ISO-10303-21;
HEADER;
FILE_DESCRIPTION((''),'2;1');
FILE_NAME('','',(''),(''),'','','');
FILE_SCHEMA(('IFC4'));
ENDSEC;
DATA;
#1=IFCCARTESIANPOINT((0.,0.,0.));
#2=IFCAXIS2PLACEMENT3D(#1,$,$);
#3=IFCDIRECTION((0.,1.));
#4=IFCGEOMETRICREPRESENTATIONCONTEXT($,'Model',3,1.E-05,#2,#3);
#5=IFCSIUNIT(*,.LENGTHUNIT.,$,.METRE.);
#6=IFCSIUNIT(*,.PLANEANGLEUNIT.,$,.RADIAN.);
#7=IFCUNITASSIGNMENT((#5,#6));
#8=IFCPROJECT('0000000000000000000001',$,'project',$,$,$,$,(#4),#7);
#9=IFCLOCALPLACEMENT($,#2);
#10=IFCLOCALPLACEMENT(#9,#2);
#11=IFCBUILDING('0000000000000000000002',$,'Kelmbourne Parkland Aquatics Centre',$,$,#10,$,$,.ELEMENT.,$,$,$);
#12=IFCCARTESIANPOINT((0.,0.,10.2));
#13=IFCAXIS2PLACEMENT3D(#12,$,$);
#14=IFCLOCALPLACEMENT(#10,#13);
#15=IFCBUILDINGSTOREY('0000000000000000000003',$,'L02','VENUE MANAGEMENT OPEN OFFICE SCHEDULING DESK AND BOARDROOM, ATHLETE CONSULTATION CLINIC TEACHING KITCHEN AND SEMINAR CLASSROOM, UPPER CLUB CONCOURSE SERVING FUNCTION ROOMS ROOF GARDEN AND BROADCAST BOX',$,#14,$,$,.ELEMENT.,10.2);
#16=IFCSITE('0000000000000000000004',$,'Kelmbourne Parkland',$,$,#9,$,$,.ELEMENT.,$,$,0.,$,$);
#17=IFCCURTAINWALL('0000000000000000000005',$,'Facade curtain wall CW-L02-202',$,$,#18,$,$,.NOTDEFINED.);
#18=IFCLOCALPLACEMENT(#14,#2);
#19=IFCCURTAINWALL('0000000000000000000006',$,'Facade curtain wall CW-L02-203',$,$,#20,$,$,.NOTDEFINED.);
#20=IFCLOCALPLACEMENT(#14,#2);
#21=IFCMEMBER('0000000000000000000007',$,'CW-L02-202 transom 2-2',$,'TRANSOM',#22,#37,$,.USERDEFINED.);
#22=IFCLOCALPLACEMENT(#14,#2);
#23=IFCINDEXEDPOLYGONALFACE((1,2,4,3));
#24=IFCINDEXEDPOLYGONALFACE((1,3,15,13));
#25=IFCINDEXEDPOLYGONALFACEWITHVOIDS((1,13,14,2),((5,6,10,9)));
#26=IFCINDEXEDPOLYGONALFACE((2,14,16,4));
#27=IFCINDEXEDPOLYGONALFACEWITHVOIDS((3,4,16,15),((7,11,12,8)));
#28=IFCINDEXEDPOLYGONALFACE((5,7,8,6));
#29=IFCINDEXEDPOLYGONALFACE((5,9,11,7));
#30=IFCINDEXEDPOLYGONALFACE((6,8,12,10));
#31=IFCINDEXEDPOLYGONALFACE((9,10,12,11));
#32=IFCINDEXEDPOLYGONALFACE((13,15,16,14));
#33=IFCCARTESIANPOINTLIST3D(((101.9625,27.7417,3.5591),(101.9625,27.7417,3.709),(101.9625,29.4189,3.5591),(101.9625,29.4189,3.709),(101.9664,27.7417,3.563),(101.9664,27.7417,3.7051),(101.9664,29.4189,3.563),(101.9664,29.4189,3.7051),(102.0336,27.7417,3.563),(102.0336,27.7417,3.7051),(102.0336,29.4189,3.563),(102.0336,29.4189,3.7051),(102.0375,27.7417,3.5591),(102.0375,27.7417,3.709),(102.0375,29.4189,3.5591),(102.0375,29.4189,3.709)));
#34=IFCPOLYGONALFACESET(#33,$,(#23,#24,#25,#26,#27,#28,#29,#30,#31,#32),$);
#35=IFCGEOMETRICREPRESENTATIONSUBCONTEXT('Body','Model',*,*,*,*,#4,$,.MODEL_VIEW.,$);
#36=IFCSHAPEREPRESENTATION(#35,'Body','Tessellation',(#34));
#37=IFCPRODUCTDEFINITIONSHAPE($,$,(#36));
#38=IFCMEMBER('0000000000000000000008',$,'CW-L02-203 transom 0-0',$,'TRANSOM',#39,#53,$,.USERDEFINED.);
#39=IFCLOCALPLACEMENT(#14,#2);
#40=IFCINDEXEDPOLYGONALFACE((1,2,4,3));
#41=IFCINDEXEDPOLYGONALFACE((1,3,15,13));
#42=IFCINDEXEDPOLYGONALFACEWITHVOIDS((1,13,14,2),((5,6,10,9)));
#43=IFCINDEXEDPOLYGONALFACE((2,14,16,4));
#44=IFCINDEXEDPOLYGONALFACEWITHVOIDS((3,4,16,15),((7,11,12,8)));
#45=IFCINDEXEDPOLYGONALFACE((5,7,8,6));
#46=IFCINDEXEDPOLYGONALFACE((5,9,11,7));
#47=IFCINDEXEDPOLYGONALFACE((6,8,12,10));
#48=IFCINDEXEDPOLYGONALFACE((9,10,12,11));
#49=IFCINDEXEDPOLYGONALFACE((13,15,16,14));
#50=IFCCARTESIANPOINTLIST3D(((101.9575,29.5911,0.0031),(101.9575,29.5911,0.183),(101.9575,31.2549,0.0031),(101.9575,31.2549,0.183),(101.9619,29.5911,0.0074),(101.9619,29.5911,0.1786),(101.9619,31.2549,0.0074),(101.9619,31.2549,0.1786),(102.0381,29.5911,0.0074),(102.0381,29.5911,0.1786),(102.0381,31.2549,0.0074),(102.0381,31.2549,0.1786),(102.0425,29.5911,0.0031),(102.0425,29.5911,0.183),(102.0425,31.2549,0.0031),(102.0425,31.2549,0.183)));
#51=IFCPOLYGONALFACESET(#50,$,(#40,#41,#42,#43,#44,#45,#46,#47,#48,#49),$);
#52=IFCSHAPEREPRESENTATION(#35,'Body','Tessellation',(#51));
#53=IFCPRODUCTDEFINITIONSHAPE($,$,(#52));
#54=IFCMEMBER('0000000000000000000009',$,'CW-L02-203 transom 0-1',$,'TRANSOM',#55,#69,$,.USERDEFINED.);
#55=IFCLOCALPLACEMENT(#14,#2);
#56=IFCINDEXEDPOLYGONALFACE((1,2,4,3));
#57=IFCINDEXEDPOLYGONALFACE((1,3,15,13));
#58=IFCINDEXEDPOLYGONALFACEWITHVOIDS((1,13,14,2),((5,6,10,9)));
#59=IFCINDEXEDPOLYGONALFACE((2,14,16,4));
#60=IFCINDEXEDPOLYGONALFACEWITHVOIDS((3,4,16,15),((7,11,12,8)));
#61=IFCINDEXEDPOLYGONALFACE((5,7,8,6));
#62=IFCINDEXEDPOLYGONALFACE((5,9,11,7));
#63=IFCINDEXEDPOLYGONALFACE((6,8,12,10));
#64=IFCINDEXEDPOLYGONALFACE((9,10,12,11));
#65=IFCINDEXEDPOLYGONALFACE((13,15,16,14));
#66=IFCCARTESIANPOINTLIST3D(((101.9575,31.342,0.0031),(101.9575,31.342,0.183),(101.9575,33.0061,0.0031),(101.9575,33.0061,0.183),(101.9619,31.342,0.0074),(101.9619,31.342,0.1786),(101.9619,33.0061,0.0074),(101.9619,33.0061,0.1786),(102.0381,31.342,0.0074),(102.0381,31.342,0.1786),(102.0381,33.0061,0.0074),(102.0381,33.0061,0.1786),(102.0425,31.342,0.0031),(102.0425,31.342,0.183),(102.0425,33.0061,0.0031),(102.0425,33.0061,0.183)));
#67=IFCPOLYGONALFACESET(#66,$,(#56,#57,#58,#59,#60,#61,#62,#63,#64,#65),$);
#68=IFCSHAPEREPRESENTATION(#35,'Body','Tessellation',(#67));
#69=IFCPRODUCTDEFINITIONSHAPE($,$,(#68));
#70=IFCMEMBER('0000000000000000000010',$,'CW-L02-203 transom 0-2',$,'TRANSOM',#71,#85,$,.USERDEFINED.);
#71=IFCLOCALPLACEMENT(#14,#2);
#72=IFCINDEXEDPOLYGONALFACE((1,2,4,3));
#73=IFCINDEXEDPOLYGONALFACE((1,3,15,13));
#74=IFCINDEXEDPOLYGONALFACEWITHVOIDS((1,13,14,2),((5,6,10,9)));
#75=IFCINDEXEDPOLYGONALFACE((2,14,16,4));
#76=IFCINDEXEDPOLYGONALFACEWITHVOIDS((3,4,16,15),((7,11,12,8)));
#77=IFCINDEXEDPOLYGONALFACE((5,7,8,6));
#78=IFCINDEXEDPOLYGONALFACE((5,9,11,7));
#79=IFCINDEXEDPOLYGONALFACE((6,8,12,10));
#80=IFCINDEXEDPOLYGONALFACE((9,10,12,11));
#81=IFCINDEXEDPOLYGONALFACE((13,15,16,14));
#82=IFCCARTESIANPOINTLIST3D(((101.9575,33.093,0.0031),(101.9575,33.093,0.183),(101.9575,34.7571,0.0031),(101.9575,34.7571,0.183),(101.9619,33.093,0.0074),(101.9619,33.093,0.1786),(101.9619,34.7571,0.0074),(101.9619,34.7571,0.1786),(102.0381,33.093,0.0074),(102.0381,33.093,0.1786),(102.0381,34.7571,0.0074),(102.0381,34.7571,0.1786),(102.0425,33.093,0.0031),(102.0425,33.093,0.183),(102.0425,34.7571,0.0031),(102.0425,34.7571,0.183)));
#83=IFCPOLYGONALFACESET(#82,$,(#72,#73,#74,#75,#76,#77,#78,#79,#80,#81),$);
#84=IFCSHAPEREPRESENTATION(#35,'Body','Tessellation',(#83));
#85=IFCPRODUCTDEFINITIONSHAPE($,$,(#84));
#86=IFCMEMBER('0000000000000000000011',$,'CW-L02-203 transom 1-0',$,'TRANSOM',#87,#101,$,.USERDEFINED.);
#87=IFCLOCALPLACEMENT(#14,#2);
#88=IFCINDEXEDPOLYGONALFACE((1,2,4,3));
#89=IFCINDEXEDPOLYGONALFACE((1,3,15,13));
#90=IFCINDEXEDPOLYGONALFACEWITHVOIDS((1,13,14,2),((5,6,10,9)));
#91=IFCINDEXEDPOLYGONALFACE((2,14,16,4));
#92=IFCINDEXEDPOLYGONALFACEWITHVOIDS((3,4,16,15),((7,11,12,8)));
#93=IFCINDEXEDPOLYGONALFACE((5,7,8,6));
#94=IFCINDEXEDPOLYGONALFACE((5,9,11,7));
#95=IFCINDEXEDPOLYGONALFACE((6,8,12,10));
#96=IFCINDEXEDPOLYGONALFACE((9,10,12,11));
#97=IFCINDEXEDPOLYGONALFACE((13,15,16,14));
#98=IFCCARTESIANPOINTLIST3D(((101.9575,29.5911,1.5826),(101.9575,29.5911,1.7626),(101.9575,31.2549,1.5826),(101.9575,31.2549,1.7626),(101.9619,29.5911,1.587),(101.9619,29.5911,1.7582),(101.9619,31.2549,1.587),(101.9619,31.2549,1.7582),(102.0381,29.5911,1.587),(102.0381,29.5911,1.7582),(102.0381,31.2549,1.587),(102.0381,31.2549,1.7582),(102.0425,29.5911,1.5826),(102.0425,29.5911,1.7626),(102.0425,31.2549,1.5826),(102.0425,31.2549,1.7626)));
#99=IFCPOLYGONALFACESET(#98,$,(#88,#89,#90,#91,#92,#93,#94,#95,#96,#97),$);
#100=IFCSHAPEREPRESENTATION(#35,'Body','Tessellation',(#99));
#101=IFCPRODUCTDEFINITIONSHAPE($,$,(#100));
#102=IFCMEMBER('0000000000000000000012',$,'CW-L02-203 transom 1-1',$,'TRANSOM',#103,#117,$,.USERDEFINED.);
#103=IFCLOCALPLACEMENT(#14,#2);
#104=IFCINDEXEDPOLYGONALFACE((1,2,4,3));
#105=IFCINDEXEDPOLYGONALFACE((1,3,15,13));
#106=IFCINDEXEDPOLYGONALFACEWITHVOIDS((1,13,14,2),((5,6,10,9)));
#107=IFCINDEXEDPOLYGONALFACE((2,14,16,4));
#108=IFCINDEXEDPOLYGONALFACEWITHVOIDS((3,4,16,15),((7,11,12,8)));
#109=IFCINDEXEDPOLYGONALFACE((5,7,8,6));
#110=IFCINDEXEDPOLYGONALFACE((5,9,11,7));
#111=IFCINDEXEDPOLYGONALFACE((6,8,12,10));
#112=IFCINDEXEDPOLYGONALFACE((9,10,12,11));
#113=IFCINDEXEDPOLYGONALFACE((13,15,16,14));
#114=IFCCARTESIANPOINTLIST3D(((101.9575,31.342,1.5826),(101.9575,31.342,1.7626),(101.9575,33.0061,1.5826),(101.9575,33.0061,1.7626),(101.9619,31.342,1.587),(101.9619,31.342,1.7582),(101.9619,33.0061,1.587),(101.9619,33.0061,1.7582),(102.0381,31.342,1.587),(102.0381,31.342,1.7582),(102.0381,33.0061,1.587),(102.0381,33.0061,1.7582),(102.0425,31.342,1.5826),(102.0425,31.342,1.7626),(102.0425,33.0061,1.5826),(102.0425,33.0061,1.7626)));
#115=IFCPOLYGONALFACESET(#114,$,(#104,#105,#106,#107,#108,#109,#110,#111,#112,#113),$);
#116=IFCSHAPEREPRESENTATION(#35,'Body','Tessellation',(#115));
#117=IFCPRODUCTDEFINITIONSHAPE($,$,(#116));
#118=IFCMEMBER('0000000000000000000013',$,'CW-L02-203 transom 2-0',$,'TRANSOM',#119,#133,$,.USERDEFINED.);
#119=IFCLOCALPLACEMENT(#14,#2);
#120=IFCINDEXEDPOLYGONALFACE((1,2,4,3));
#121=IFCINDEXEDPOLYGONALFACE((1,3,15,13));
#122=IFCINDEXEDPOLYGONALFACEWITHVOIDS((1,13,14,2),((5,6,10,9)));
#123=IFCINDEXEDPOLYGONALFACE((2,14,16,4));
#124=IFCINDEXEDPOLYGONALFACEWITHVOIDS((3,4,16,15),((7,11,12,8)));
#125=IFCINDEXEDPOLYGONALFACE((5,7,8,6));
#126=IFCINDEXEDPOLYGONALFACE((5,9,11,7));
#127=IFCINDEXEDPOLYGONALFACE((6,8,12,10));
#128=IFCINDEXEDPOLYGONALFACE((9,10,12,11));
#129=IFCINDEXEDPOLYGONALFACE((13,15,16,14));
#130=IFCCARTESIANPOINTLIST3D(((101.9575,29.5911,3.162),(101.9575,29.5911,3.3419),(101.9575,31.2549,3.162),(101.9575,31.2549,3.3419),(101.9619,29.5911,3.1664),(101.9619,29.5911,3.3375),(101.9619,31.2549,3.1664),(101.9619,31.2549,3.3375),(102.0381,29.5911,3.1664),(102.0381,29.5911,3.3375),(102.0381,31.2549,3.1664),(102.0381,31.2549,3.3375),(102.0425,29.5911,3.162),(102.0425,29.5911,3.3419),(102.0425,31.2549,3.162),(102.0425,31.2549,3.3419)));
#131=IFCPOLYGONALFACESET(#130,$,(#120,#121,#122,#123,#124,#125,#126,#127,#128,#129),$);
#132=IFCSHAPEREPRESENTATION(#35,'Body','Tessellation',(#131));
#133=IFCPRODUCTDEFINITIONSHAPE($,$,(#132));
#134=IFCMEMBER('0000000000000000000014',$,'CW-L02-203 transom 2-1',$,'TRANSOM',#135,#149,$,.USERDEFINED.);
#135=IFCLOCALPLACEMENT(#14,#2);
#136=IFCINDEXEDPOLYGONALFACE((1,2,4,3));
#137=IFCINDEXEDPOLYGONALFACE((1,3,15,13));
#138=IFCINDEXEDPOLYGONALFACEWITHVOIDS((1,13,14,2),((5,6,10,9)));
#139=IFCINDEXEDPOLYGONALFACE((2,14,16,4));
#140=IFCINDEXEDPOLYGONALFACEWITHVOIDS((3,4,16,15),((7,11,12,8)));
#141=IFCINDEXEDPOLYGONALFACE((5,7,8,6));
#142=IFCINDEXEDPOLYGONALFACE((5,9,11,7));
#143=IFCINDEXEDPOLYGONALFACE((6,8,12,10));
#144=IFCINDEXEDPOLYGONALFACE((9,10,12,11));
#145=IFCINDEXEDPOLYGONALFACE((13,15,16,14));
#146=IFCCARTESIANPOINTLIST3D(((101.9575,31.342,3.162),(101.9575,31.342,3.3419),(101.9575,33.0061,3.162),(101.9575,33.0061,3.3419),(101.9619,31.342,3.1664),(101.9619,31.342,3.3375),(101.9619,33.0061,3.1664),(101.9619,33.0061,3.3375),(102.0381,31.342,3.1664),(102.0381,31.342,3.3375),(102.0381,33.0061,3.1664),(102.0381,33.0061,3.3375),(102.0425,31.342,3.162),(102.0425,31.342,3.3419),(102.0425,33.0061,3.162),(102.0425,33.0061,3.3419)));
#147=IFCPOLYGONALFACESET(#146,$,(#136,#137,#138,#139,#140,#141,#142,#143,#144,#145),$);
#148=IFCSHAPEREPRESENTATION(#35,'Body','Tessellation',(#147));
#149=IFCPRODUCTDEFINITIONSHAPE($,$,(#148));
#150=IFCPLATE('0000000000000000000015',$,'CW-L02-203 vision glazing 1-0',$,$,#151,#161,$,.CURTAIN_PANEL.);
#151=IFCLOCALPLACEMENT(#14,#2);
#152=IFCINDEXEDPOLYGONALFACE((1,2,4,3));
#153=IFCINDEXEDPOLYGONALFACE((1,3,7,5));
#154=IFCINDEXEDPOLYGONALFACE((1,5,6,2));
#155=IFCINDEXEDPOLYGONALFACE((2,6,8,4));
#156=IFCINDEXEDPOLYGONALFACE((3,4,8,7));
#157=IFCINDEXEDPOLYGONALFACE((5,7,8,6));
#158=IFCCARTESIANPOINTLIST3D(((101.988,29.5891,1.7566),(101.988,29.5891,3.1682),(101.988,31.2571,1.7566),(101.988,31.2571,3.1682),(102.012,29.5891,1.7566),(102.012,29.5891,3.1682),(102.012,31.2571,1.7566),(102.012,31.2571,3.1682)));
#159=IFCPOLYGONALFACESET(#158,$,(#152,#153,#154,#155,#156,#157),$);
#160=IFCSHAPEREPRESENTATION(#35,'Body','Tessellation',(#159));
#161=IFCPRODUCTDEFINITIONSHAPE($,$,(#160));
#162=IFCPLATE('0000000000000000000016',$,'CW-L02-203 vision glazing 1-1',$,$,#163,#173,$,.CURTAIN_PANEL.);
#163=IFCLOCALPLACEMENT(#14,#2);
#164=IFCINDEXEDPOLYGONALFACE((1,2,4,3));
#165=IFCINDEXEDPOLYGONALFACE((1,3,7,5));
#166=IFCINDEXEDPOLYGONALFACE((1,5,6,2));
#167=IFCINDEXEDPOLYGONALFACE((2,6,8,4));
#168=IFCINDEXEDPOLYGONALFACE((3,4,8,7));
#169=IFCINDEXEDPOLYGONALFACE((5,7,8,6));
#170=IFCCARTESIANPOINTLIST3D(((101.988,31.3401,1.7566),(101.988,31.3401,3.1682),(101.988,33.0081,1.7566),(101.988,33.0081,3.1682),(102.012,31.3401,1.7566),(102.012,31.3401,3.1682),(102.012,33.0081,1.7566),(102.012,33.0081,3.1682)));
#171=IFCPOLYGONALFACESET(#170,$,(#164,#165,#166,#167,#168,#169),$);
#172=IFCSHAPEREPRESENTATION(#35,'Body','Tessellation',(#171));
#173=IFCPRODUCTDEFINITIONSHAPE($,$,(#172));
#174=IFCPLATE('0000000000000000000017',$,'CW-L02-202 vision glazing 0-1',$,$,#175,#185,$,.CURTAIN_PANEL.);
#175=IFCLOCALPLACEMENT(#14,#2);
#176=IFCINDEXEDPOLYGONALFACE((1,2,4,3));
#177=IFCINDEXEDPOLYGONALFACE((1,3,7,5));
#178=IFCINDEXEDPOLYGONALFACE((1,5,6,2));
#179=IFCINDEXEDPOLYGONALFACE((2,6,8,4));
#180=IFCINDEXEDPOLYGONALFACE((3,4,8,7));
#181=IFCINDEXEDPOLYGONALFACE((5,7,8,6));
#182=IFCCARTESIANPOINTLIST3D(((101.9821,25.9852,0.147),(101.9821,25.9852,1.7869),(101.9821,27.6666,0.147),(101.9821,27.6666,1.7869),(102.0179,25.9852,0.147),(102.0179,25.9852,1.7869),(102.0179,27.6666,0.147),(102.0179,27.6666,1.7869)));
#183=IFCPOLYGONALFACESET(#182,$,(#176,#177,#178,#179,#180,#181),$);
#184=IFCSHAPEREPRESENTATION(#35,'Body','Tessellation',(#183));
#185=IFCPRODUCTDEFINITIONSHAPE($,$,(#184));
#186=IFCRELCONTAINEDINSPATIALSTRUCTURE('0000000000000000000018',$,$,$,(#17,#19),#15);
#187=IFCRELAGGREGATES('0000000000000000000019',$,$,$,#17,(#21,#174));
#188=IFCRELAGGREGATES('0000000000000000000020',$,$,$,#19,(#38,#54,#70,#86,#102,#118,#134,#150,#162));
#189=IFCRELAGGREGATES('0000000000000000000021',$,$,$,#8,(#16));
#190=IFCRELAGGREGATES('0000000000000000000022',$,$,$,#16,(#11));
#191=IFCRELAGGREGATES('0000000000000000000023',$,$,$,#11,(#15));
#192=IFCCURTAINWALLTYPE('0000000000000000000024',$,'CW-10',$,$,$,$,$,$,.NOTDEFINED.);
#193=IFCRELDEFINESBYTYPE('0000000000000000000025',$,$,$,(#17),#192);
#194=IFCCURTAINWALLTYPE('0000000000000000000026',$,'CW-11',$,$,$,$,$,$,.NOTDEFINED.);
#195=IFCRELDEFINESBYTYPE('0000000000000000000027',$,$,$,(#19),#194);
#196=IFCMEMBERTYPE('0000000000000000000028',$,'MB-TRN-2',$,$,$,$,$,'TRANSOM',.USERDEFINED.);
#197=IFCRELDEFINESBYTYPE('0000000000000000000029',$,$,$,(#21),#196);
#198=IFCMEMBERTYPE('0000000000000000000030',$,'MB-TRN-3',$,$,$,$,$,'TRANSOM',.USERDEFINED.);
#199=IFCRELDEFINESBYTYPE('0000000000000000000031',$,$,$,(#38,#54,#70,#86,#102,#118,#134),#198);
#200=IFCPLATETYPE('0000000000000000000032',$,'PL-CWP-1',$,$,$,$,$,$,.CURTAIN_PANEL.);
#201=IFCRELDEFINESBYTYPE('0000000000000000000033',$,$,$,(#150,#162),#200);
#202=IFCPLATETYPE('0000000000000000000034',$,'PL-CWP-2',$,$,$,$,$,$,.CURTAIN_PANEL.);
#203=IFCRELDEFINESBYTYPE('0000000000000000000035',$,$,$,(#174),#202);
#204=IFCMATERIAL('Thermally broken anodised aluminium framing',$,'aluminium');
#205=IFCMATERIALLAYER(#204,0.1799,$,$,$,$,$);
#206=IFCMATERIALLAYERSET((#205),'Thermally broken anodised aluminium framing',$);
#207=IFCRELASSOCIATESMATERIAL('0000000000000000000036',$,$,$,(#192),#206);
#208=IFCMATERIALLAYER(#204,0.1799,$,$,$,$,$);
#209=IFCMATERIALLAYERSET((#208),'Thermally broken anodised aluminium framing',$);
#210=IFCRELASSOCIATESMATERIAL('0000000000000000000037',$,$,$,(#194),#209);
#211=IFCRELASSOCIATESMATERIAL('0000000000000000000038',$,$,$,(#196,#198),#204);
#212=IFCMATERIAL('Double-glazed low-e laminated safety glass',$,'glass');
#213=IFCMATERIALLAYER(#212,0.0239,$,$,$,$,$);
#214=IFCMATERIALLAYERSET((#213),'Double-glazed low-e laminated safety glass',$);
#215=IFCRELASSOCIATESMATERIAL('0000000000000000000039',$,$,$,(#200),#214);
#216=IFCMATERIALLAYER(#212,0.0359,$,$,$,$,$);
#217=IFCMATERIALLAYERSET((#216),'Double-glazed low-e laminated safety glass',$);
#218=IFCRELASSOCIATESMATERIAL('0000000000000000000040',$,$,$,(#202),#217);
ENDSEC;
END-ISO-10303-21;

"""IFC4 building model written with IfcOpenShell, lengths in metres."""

from ifc_helpers import new_model, si_unit, direction, frame, origin, origin_2d, place, context, subcontext, project, spatial, rectangle, hollow_rectangle, extrude, material, layer, layer_set, material_profile, profile_set, type_object, element, aggregate, save


model = new_model("IFC4")

# Units and contexts
model_context = context("Model", 3, precision=1e-05, world=origin(), true_north=direction((0.0, 1.0)))
body_context = subcontext(model_context, "Body", "Model", "MODEL_VIEW")
ifc_project = project(units=[si_unit("LENGTHUNIT", "METRE"), si_unit("PLANEANGLEUNIT", "RADIAN")], contexts=[model_context])

# Site, building, storey
site_placement = place(None, origin())
site = spatial("IfcSite", under=ifc_project, at=site_placement, Name="Kelmbourne Parkland", CompositionType="ELEMENT", RefElevation=0.0)
building_placement = place(site_placement, origin())
building = spatial("IfcBuilding", under=site, at=building_placement, Name="Kelmbourne Parkland Aquatics Centre", CompositionType="ELEMENT")
storey_placement = place(building_placement, frame((0.0, 0.0, 10.2)))
storey = spatial("IfcBuildingStorey", under=building, at=storey_placement, Name="L02", Description="VENUE MANAGEMENT OPEN OFFICE SCHEDULING DESK AND BOARDROOM, ATHLETE CONSULTATION CLINIC TEACHING KITCHEN AND SEMINAR CLASSROOM, UPPER CLUB CONCOURSE SERVING FUNCTION ROOMS ROOF GARDEN AND BROADCAST BOX", CompositionType="ELEMENT", Elevation=10.2)

# Curtain walls
ifc_material_1 = material(Name="Thermally broken anodised aluminium framing", Category="aluminium")
ifc_layer_1 = layer(ifc_material_1, 0.1799)
ifc_layer_set_1 = layer_set([ifc_layer_1], Name="Thermally broken anodised aluminium framing")
curtain_wall_type_1 = type_object("IfcCurtainWallType", Name="CW-10", PredefinedType="NOTDEFINED", material=ifc_layer_set_1)
curtain_wall_1_placement = place(storey_placement, origin())
curtain_wall_1 = element("IfcCurtainWall", 1, at=curtain_wall_1_placement, inside=storey, type_object=curtain_wall_type_1, Name="Facade curtain wall CW-L02-202", PredefinedType="NOTDEFINED")
ifc_layer_2 = layer(ifc_material_1, 0.1799)
ifc_layer_set_2 = layer_set([ifc_layer_2], Name="Thermally broken anodised aluminium framing")
curtain_wall_type_2 = type_object("IfcCurtainWallType", Name="CW-11", PredefinedType="NOTDEFINED", material=ifc_layer_set_2)
curtain_wall_2_placement = place(storey_placement, origin())
curtain_wall_2 = element("IfcCurtainWall", 2, at=curtain_wall_2_placement, inside=storey, type_object=curtain_wall_type_2, Name="Facade curtain wall CW-L02-203", PredefinedType="NOTDEFINED")

# Members
ifc_material_profile_1 = material_profile(ifc_material_1, hollow_rectangle(XDim=0.075, YDim=0.1499, WallThickness=0.0039, at=origin_2d()), Name="CW-T 75x150")
ifc_profile_set_1 = profile_set([ifc_material_profile_1], Name="Thermally broken anodised aluminium framing")
member_type_1 = type_object("IfcMemberType", Name="MB-TRN-2", ElementType="TRANSOM", PredefinedType="USERDEFINED", material=ifc_profile_set_1)
member_1_placement = place(storey_placement, frame((102.0, 27.7417, 3.634), z_axis=(0.0, 1.0, 0.0), x_axis=(-1.0, 0.0, 0.0)))
member_1 = element("IfcMember", 3, at=member_1_placement, type_object=member_type_1, Name="CW-L02-202 transom 2-2", ObjectType="TRANSOM", PredefinedType="USERDEFINED", context=body_context, shape_type="SweptSolid", body=[
    extrude(hollow_rectangle(XDim=0.075, YDim=0.1499, WallThickness=0.0039, at=origin_2d()), origin(), (0.0, 0.0, 1.0), 1.6772),
])
ifc_material_profile_2 = material_profile(ifc_material_1, hollow_rectangle(XDim=0.085, YDim=0.1799, WallThickness=0.0044, at=origin_2d()), Name="CW-T 85x180")
ifc_profile_set_2 = profile_set([ifc_material_profile_2], Name="Thermally broken anodised aluminium framing")
member_type_2 = type_object("IfcMemberType", Name="MB-TRN-3", ElementType="TRANSOM", PredefinedType="USERDEFINED", material=ifc_profile_set_2)
member_2_placement = place(storey_placement, frame((102.0, 29.5911, 0.093), z_axis=(0.0, 1.0, 0.0), x_axis=(-1.0, 0.0, 0.0)))
member_2 = element("IfcMember", 4, at=member_2_placement, type_object=member_type_2, Name="CW-L02-203 transom 0-0", ObjectType="TRANSOM", PredefinedType="USERDEFINED", context=body_context, shape_type="SweptSolid", body=[
    extrude(hollow_rectangle(XDim=0.085, YDim=0.1799, WallThickness=0.0044, at=origin_2d()), origin(), (0.0, 0.0, 1.0), 1.6638),
])
member_3_placement = place(storey_placement, frame((102.0, 31.342, 0.093), z_axis=(0.0, 1.0, 0.0), x_axis=(-1.0, 0.0, 0.0)))
member_3 = element("IfcMember", 5, at=member_3_placement, type_object=member_type_2, Name="CW-L02-203 transom 0-1", ObjectType="TRANSOM", PredefinedType="USERDEFINED", context=body_context, shape_type="SweptSolid", body=[
    extrude(hollow_rectangle(XDim=0.085, YDim=0.1799, WallThickness=0.0044, at=origin_2d()), origin(), (0.0, 0.0, 1.0), 1.6641),
])
member_4_placement = place(storey_placement, frame((102.0, 33.093, 0.093), z_axis=(0.0, 1.0, 0.0), x_axis=(-1.0, 0.0, 0.0)))
member_4 = element("IfcMember", 6, at=member_4_placement, type_object=member_type_2, Name="CW-L02-203 transom 0-2", ObjectType="TRANSOM", PredefinedType="USERDEFINED", context=body_context, shape_type="SweptSolid", body=[
    extrude(hollow_rectangle(XDim=0.085, YDim=0.1799, WallThickness=0.0044, at=origin_2d()), origin(), (0.0, 0.0, 1.0), 1.6641),
])
member_5_placement = place(storey_placement, frame((102.0, 29.5911, 1.6726), z_axis=(0.0, 1.0, 0.0), x_axis=(-1.0, 0.0, 0.0)))
member_5 = element("IfcMember", 7, at=member_5_placement, type_object=member_type_2, Name="CW-L02-203 transom 1-0", ObjectType="TRANSOM", PredefinedType="USERDEFINED", context=body_context, shape_type="SweptSolid", body=[
    extrude(hollow_rectangle(XDim=0.085, YDim=0.1799, WallThickness=0.0044, at=origin_2d()), origin(), (0.0, 0.0, 1.0), 1.6638),
])
member_6_placement = place(storey_placement, frame((102.0, 31.342, 1.6726), z_axis=(0.0, 1.0, 0.0), x_axis=(-1.0, 0.0, 0.0)))
member_6 = element("IfcMember", 8, at=member_6_placement, type_object=member_type_2, Name="CW-L02-203 transom 1-1", ObjectType="TRANSOM", PredefinedType="USERDEFINED", context=body_context, shape_type="SweptSolid", body=[
    extrude(hollow_rectangle(XDim=0.085, YDim=0.1799, WallThickness=0.0044, at=origin_2d()), origin(), (0.0, 0.0, 1.0), 1.6641),
])
member_7_placement = place(storey_placement, frame((102.0, 29.5911, 3.252), z_axis=(0.0, 1.0, 0.0), x_axis=(-1.0, 0.0, 0.0)))
member_7 = element("IfcMember", 9, at=member_7_placement, type_object=member_type_2, Name="CW-L02-203 transom 2-0", ObjectType="TRANSOM", PredefinedType="USERDEFINED", context=body_context, shape_type="SweptSolid", body=[
    extrude(hollow_rectangle(XDim=0.085, YDim=0.1799, WallThickness=0.0044, at=origin_2d()), origin(), (0.0, 0.0, 1.0), 1.6638),
])
member_8_placement = place(storey_placement, frame((102.0, 31.342, 3.252), z_axis=(0.0, 1.0, 0.0), x_axis=(-1.0, 0.0, 0.0)))
member_8 = element("IfcMember", 10, at=member_8_placement, type_object=member_type_2, Name="CW-L02-203 transom 2-1", ObjectType="TRANSOM", PredefinedType="USERDEFINED", context=body_context, shape_type="SweptSolid", body=[
    extrude(hollow_rectangle(XDim=0.085, YDim=0.1799, WallThickness=0.0044, at=origin_2d()), origin(), (0.0, 0.0, 1.0), 1.6641),
])

# Plates
ifc_material_2 = material(Name="Double-glazed low-e laminated safety glass", Category="glass")
ifc_layer_3 = layer(ifc_material_2, 0.0239)
ifc_layer_set_3 = layer_set([ifc_layer_3], Name="Double-glazed low-e laminated safety glass")
plate_type_1 = type_object("IfcPlateType", Name="PL-CWP-1", PredefinedType="CURTAIN_PANEL", material=ifc_layer_set_3)
plate_1_placement = place(storey_placement, frame((102.0, 30.4231, 1.7566), z_axis=(0.0, 0.0, 1.0), x_axis=(0.0, 1.0, 0.0)))
plate_1 = element("IfcPlate", 11, at=plate_1_placement, type_object=plate_type_1, Name="CW-L02-203 vision glazing 1-0", PredefinedType="CURTAIN_PANEL", context=body_context, shape_type="SweptSolid", body=[
    extrude(rectangle(XDim=1.668, YDim=0.0239, at=origin_2d()), origin(), (0.0, 0.0, 1.0), 1.4116),
])
plate_2_placement = place(storey_placement, frame((102.0, 32.1741, 1.7566), z_axis=(0.0, 0.0, 1.0), x_axis=(0.0, 1.0, 0.0)))
plate_2 = element("IfcPlate", 12, at=plate_2_placement, type_object=plate_type_1, Name="CW-L02-203 vision glazing 1-1", PredefinedType="CURTAIN_PANEL", context=body_context, shape_type="SweptSolid", body=[
    extrude(rectangle(XDim=1.668, YDim=0.0239, at=origin_2d()), origin(), (0.0, 0.0, 1.0), 1.4116),
])
ifc_layer_4 = layer(ifc_material_2, 0.0359)
ifc_layer_set_4 = layer_set([ifc_layer_4], Name="Double-glazed low-e laminated safety glass")
plate_type_2 = type_object("IfcPlateType", Name="PL-CWP-2", PredefinedType="CURTAIN_PANEL", material=ifc_layer_set_4)
plate_3_placement = place(storey_placement, frame((102.0, 26.8259, 0.147), z_axis=(0.0, 0.0, 1.0), x_axis=(0.0, 1.0, 0.0)))
plate_3 = element("IfcPlate", 13, at=plate_3_placement, type_object=plate_type_2, Name="CW-L02-202 vision glazing 0-1", PredefinedType="CURTAIN_PANEL", context=body_context, shape_type="SweptSolid", body=[
    extrude(rectangle(XDim=1.6814, YDim=0.0359, at=origin_2d()), origin(), (0.0, 0.0, 1.0), 1.6399),
])
aggregate(curtain_wall_1, [member_1, plate_3])
aggregate(curtain_wall_2, [member_2, member_3, member_4, member_5, member_6, member_7, member_8, plate_1, plate_2])

save(model, "model.ifc")
